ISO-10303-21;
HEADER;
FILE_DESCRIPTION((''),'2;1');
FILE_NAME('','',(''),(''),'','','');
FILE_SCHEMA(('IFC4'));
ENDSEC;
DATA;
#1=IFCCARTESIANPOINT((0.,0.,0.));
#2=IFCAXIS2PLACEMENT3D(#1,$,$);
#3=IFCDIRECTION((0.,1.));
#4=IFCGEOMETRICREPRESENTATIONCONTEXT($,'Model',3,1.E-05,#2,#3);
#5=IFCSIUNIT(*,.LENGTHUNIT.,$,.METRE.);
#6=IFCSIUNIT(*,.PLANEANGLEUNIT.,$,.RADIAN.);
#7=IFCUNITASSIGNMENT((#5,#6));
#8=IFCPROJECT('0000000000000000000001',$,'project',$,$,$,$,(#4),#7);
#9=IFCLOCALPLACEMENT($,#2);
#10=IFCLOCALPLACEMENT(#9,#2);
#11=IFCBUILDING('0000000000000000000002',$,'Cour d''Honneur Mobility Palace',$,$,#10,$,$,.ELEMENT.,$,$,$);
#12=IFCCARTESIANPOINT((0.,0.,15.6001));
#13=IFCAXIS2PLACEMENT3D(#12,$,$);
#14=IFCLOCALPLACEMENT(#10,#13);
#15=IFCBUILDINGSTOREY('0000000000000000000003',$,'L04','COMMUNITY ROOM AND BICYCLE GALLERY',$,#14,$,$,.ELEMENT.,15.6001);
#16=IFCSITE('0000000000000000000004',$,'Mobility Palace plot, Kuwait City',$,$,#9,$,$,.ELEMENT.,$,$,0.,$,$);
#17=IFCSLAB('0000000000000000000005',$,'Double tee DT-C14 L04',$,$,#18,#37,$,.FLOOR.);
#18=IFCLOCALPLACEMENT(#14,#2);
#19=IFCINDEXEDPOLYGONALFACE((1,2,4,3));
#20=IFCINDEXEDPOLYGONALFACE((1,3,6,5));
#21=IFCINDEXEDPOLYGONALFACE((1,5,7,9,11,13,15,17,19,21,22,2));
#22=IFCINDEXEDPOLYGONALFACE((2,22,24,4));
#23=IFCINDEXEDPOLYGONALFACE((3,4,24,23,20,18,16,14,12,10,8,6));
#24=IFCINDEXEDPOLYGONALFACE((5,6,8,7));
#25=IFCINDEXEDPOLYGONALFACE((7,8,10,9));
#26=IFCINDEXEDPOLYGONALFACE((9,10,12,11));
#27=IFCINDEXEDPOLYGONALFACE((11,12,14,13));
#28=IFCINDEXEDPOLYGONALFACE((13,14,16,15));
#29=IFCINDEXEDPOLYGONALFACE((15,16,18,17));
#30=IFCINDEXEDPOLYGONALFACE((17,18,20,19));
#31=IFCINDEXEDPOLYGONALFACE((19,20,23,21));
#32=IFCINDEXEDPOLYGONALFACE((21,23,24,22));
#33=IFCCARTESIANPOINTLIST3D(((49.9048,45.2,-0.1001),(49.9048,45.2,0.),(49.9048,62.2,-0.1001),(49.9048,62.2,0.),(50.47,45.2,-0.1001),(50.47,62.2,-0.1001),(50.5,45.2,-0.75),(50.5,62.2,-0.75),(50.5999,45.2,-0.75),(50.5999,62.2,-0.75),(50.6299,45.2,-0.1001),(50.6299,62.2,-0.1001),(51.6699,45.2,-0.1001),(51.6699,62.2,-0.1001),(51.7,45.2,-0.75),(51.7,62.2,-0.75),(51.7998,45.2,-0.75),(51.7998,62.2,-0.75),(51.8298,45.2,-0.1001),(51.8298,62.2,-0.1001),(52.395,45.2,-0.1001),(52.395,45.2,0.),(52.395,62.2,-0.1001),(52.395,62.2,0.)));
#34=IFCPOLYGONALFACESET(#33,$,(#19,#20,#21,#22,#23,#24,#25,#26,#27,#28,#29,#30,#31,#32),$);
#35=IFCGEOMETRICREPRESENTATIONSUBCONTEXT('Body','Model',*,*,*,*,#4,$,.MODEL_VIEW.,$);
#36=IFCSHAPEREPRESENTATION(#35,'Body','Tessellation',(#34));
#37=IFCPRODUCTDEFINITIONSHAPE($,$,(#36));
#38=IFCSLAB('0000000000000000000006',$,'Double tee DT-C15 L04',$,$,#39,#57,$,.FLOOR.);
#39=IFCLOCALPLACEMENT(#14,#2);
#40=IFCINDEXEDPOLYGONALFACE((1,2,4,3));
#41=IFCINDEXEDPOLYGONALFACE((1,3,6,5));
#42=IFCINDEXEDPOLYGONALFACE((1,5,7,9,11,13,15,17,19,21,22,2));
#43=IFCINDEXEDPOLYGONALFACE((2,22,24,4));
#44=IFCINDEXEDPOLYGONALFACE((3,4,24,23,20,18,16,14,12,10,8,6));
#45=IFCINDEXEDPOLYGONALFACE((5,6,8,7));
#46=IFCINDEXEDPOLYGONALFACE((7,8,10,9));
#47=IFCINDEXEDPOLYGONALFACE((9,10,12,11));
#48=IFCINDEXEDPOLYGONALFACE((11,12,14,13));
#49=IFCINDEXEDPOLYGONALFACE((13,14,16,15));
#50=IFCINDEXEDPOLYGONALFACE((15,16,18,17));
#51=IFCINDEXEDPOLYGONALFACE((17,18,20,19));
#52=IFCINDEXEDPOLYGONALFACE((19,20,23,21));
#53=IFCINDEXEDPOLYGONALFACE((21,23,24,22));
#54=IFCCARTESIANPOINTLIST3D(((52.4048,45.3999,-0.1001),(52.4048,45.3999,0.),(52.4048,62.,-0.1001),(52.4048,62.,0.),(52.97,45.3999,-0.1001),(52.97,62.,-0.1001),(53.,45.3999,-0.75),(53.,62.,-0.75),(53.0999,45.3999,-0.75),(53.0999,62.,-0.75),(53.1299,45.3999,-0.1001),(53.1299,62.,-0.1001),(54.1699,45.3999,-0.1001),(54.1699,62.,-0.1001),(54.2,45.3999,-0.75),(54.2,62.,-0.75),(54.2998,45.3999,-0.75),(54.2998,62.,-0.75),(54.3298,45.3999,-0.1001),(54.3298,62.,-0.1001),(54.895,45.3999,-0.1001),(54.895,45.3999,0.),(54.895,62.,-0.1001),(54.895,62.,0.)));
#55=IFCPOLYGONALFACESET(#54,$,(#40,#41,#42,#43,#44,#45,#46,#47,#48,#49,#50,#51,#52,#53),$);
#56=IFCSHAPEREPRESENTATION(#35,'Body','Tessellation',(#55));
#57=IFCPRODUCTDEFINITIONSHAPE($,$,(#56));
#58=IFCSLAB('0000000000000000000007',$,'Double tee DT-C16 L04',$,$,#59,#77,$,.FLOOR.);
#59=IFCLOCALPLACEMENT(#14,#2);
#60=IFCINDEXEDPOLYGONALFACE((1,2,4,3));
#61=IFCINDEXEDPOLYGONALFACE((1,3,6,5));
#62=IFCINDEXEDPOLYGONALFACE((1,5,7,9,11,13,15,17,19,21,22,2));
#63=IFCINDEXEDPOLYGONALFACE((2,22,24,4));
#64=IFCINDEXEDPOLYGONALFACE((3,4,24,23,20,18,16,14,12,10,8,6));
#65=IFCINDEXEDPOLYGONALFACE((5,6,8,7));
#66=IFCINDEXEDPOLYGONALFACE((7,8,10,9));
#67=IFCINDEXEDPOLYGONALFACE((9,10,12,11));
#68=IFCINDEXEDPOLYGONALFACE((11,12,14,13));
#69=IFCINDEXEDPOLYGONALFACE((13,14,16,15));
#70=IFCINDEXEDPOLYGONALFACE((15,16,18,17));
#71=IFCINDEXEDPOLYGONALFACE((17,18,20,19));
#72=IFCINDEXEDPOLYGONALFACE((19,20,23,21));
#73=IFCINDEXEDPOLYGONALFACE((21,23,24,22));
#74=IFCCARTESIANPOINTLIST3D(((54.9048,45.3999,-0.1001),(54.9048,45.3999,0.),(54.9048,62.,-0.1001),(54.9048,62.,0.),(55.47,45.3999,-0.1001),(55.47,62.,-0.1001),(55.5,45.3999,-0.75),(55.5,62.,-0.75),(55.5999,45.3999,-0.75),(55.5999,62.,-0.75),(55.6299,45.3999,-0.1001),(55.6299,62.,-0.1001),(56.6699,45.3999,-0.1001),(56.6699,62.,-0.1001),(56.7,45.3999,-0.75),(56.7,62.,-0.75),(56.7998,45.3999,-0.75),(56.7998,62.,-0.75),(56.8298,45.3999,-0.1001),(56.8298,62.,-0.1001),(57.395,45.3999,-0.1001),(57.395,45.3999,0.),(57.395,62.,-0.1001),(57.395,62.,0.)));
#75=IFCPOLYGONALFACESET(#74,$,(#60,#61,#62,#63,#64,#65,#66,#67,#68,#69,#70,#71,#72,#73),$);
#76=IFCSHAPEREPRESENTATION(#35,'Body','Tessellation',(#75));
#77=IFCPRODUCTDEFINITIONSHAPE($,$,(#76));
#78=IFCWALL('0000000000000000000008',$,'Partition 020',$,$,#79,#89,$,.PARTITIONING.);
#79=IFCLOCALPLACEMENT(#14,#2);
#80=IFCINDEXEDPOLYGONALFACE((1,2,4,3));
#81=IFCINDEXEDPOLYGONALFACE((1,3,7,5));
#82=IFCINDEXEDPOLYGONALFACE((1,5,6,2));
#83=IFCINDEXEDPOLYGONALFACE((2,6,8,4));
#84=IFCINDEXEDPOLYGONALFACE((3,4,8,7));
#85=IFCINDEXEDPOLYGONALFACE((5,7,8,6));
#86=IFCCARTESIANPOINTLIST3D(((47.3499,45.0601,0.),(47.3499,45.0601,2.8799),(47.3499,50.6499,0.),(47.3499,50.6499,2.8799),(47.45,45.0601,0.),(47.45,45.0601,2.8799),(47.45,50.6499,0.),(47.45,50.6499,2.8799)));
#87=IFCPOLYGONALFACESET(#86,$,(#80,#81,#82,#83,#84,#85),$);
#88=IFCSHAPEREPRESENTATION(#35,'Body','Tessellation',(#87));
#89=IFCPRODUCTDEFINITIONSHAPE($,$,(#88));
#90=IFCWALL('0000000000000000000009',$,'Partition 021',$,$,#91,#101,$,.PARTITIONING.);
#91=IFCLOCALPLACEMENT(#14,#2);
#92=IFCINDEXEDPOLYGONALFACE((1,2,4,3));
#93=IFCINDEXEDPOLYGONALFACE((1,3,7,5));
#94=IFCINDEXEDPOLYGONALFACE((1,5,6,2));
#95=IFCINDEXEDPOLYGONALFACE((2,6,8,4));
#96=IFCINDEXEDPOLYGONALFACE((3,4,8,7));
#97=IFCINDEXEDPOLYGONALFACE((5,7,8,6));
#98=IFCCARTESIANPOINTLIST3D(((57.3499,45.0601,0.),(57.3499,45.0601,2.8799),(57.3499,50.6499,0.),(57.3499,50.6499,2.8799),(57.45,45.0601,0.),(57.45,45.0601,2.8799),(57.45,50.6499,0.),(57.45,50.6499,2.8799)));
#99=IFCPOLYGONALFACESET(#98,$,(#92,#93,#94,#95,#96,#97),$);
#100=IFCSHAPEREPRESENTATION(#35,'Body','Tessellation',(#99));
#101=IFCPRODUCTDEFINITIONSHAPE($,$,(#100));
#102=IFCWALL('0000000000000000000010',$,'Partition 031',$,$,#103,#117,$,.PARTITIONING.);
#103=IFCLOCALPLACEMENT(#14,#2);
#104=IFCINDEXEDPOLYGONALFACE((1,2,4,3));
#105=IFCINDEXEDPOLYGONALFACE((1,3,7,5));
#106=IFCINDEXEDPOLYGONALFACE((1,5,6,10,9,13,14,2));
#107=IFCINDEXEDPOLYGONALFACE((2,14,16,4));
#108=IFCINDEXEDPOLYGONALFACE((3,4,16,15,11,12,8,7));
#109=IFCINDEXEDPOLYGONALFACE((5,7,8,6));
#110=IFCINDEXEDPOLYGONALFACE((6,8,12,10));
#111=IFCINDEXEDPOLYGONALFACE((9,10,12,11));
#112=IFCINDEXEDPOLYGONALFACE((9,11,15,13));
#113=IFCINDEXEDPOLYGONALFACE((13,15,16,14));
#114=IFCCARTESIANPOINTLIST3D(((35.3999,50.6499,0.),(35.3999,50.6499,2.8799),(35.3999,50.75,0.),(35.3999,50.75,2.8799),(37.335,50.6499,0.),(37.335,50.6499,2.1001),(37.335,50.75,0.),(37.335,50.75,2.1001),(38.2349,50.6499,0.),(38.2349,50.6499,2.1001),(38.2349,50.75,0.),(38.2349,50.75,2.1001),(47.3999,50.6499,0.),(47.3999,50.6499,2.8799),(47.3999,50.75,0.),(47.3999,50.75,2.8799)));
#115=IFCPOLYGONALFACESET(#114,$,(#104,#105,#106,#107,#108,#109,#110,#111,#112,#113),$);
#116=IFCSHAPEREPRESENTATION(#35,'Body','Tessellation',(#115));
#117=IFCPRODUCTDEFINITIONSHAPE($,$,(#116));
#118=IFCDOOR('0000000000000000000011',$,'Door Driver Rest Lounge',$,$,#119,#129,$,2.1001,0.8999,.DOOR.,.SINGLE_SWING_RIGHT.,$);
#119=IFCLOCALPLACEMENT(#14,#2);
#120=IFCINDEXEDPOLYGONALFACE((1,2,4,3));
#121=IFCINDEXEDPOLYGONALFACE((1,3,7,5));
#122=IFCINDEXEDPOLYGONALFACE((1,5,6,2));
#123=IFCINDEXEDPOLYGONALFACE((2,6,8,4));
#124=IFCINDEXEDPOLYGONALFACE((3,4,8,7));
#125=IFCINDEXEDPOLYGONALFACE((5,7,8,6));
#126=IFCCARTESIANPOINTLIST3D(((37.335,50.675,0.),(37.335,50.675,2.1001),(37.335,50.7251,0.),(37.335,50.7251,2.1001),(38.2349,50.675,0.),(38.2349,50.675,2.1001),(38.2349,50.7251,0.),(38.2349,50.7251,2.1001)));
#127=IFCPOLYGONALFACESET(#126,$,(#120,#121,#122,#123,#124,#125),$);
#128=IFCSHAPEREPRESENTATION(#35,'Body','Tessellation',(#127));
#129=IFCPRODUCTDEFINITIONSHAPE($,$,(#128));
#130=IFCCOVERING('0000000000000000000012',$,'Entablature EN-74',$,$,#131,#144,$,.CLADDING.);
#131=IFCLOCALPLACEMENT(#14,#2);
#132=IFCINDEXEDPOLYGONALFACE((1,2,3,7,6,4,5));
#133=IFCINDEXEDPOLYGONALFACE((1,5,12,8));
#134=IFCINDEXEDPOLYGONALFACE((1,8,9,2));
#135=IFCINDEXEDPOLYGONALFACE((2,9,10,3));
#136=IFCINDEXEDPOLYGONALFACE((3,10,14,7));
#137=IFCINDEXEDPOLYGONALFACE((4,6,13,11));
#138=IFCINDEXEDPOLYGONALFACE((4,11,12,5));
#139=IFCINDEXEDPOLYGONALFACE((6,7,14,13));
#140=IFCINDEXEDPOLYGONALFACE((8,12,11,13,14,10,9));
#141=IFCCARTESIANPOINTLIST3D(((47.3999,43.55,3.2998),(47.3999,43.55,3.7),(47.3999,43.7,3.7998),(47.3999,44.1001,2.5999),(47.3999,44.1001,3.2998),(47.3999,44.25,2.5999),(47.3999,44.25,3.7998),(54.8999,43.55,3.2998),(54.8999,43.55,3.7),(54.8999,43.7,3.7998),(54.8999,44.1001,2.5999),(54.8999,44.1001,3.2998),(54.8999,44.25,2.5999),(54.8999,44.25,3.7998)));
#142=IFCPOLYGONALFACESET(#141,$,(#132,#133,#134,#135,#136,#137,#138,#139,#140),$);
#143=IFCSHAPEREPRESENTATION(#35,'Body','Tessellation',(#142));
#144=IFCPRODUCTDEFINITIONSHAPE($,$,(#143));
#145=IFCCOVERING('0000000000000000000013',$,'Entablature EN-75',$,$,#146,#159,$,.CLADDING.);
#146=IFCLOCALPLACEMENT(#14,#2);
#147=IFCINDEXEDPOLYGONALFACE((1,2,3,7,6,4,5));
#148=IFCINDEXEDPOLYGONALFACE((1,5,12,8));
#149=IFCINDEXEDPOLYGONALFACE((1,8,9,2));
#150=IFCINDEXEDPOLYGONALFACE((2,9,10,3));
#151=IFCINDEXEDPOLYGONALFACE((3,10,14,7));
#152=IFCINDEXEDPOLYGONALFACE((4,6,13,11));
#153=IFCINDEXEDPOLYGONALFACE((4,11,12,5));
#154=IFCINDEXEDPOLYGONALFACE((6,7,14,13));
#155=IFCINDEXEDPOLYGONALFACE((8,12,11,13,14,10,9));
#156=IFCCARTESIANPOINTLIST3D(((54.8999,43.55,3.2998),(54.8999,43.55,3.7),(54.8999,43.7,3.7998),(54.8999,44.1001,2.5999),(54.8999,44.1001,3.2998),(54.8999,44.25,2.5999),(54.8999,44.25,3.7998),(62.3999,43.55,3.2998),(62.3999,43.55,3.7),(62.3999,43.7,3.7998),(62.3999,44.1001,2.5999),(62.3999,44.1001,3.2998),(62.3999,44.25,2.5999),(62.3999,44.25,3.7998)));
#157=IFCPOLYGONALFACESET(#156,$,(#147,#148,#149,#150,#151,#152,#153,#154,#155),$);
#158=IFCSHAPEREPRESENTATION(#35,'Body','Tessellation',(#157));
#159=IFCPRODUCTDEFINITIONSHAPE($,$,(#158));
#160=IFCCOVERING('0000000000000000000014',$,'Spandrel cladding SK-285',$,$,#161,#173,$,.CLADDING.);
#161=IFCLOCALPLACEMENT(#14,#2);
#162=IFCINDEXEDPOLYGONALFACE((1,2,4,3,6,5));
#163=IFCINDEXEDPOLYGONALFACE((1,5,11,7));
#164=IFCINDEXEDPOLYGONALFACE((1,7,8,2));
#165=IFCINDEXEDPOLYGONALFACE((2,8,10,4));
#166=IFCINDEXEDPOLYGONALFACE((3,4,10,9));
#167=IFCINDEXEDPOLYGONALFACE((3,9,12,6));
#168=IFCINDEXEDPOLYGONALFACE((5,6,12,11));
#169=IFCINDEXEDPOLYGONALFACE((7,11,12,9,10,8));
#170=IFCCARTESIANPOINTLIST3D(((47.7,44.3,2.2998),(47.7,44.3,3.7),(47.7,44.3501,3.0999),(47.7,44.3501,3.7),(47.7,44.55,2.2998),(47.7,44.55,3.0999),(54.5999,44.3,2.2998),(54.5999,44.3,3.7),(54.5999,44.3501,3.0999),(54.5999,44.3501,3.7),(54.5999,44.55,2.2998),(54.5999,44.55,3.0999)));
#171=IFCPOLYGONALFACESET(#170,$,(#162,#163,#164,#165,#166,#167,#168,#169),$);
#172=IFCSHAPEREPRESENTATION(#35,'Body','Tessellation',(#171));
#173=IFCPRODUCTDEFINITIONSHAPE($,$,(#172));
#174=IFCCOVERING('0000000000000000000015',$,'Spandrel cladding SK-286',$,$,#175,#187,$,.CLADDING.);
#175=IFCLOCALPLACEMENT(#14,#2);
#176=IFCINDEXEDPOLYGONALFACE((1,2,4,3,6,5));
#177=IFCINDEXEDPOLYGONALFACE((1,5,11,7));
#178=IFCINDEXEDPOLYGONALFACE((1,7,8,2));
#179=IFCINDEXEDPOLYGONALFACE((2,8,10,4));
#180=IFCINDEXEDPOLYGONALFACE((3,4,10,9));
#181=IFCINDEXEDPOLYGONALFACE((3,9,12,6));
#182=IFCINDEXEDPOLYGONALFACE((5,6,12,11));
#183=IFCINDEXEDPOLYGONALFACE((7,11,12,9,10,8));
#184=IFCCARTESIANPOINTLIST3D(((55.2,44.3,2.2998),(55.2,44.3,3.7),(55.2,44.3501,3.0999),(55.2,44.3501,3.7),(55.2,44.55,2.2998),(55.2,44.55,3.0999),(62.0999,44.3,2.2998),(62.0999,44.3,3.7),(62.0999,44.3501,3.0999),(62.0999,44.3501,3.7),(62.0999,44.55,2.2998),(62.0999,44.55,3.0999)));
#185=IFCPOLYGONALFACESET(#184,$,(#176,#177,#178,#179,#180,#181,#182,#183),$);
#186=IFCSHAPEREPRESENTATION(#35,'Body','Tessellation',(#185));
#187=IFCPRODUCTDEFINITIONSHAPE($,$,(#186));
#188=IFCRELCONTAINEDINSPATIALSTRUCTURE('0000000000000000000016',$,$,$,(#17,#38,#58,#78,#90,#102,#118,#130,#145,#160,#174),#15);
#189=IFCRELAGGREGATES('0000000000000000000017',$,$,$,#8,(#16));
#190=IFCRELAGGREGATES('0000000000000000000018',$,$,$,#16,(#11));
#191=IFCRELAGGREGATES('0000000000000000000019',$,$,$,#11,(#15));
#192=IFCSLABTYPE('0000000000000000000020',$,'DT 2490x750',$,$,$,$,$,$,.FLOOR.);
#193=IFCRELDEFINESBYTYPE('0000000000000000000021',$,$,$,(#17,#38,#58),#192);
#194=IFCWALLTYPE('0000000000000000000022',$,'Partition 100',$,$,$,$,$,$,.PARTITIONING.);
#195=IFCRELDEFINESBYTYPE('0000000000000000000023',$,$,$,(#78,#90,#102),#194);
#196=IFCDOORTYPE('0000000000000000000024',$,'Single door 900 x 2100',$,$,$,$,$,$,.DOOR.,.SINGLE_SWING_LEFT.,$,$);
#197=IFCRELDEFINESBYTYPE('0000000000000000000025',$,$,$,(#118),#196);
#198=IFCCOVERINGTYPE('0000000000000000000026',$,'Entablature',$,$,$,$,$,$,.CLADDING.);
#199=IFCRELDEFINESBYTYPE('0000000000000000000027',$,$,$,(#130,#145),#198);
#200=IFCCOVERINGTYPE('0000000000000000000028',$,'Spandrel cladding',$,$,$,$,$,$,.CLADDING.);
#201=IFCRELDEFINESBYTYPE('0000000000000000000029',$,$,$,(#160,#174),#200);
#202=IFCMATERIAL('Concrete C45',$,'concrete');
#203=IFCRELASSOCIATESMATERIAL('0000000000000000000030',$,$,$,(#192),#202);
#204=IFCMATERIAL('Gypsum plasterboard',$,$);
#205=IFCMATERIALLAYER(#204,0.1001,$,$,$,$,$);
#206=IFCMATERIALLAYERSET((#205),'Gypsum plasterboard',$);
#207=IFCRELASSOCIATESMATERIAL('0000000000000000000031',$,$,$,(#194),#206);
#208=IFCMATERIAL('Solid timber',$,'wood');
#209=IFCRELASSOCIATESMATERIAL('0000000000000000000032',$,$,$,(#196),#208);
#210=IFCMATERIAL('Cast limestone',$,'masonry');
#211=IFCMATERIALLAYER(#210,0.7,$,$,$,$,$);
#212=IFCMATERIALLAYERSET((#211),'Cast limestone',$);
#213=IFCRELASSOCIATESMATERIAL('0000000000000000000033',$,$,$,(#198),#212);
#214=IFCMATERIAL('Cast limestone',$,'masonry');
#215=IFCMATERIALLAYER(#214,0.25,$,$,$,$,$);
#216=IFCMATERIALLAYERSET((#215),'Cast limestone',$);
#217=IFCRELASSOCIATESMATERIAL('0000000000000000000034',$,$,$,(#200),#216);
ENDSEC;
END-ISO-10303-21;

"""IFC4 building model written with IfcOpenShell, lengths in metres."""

from ifc_helpers import new_model, si_unit, direction, frame, frame_2d, origin, place, context, subcontext, project, spatial, polyline, rectangle, outline, extrude, material, layer, layer_set, material_profile, profile_set, type_object, element, fill, save


model = new_model("IFC4")

# Units and contexts
model_context = context("Model", 3, precision=1e-05, world=origin(), true_north=direction((0.0, 1.0)))
body_context = subcontext(model_context, "Body", "Model", "MODEL_VIEW")
ifc_project = project(units=[si_unit("LENGTHUNIT", "METRE"), si_unit("PLANEANGLEUNIT", "RADIAN")], contexts=[model_context])

# Site, building, storey
site_placement = place(None, origin())
site = spatial("IfcSite", under=ifc_project, at=site_placement, Name="Mobility Palace plot, Kuwait City", CompositionType="ELEMENT", RefElevation=0.0)
building_placement = place(site_placement, origin())
building = spatial("IfcBuilding", under=site, at=building_placement, Name="Cour d'Honneur Mobility Palace", CompositionType="ELEMENT")
storey_placement = place(building_placement, frame((0.0, 0.0, 15.6001)))
storey = spatial("IfcBuildingStorey", under=building, at=storey_placement, Name="L04", Description="COMMUNITY ROOM AND BICYCLE GALLERY", CompositionType="ELEMENT", Elevation=15.6001)

# Slabs
ifc_material_1 = material(Name="Concrete C45", Category="concrete")
ifc_material_profile_1 = material_profile(ifc_material_1, outline(polyline([(-1.2451, 0.0), (1.2451, 0.0), (1.2451, -0.1001), (0.6799, -0.1001), (0.6499, -0.75), (0.55, -0.75), (0.52, -0.1001), (-0.52, -0.1001), (-0.55, -0.75), (-0.6499, -0.75), (-0.6799, -0.1001), (-1.2451, -0.1001), (-1.2451, 0.0)])), Name="DT 2490x750")
ifc_profile_set_1 = profile_set([ifc_material_profile_1], Name="Concrete C45")
slab_type = type_object("IfcSlabType", Name="DT 2490x750", PredefinedType="FLOOR", material=ifc_profile_set_1)
slab_1_placement = place(storey_placement, frame((51.1499, 45.2, 0.0), z_axis=(0.0, 1.0, 0.0), x_axis=(-1.0, 0.0, 0.0)))
element("IfcSlab", 1, at=slab_1_placement, inside=storey, type_object=slab_type, Name="Double tee DT-C14 L04", PredefinedType="FLOOR", context=body_context, shape_type="SweptSolid", body=[
    extrude(outline(polyline([(-1.2451, 0.0), (1.2451, 0.0), (1.2451, -0.1001), (0.6799, -0.1001), (0.6499, -0.75), (0.55, -0.75), (0.52, -0.1001), (-0.52, -0.1001), (-0.55, -0.75), (-0.6499, -0.75), (-0.6799, -0.1001), (-1.2451, -0.1001), (-1.2451, 0.0)])), origin(), (0.0, 0.0, 1.0), 17.0),
])
for number, where, z_axis, x_axis, name in (
    (2, (53.6499, 45.3999, 0.0), (0.0, 1.0, 0.0), (-1.0, 0.0, 0.0), "Double tee DT-C15 L04"),
    (3, (56.1499, 45.3999, 0.0), (0.0, 1.0, 0.0), (-1.0, 0.0, 0.0), "Double tee DT-C16 L04"),
):
    element("IfcSlab", number, at=place(storey_placement, frame(where, z_axis=z_axis, x_axis=x_axis)), inside=storey, type_object=slab_type, Name=name, PredefinedType="FLOOR", context=body_context, shape_type="SweptSolid", body=[
        extrude(outline(polyline([(-1.2451, 0.0), (1.2451, 0.0), (1.2451, -0.1001), (0.6799, -0.1001), (0.6499, -0.75), (0.55, -0.75), (0.52, -0.1001), (-0.52, -0.1001), (-0.55, -0.75), (-0.6499, -0.75), (-0.6799, -0.1001), (-1.2451, -0.1001), (-1.2451, 0.0)])), origin(), (0.0, 0.0, 1.0), 16.6001),
    ])

# Walls
ifc_material_2 = material(Name="Gypsum plasterboard")
ifc_layer_1 = layer(ifc_material_2, 0.1001)
ifc_layer_set_1 = layer_set([ifc_layer_1], Name="Gypsum plasterboard")
wall_type = type_object("IfcWallType", Name="Partition 100", PredefinedType="PARTITIONING", material=ifc_layer_set_1)
for number, where, z_axis, x_axis, name in (
    (4, (47.3999, 45.0601, 0.0), (0.0, 0.0, 1.0), (0.0, 1.0, 0.0), "Partition 020"),
    (5, (57.3999, 45.0601, 0.0), (0.0, 0.0, 1.0), (0.0, 1.0, 0.0), "Partition 021"),
):
    element("IfcWall", number, at=place(storey_placement, frame(where, z_axis=z_axis, x_axis=x_axis)), inside=storey, type_object=wall_type, Name=name, PredefinedType="PARTITIONING", context=body_context, shape_type="SweptSolid", body=[
        extrude(rectangle(XDim=5.5898, YDim=0.1001, at=frame_2d((2.7949, 0.0))), origin(), (0.0, 0.0, 1.0), 2.8799),
    ])

# Wall, opening, door
wall_placement = place(storey_placement, frame((47.3999, 50.7, 0.0), z_axis=(0.0, 0.0, 1.0), x_axis=(-1.0, 0.0, 0.0)))
wall = element("IfcWall", 6, at=wall_placement, inside=storey, type_object=wall_type, Name="Partition 031", PredefinedType="PARTITIONING", context=body_context, shape_type="SweptSolid", body=[
    extrude(rectangle(XDim=12.0, YDim=0.1001, at=frame_2d((6.0, 0.0))), origin(), (0.0, 0.0, 1.0), 2.8799),
])
opening_placement = place(wall_placement, frame((9.165, 0.0, 0.0)))
opening = element("IfcOpeningElement", 7, at=opening_placement, cuts=wall, PredefinedType="OPENING", context=body_context, shape_type="SweptSolid", body=[
    extrude(rectangle(XDim=0.8999, YDim=2.1001, at=frame_2d((0.45, 1.05))), frame((0.0, 0.0601, 0.0), z_axis=(0.0, -1.0, 0.0), x_axis=(1.0, 0.0, 0.0)), (0.0, 0.0, 1.0), 0.1201),
])
ifc_material_3 = material(Name="Solid timber", Category="wood")
door_type = type_object("IfcDoorType", Name="Single door 900 x 2100", OperationType="SINGLE_SWING_LEFT", PredefinedType="DOOR", material=ifc_material_3)
door_placement = place(opening_placement, origin())
door = element("IfcDoor", 8, at=door_placement, inside=storey, type_object=door_type, Name="Door Driver Rest Lounge", OperationType="SINGLE_SWING_RIGHT", OverallHeight=2.1001, OverallWidth=0.8999, PredefinedType="DOOR", context=body_context, shape_type="SweptSolid", body=[
    extrude(rectangle(XDim=0.8999, YDim=2.1001, at=frame_2d((0.45, 1.05))), frame((0.0, 0.0249, 0.0), z_axis=(0.0, -1.0, 0.0), x_axis=(1.0, 0.0, 0.0)), (0.0, 0.0, 1.0), 0.05),
])
fill(opening, door)

# Coverings
ifc_material_4 = material(Name="Cast limestone", Category="masonry")
ifc_layer_2 = layer(ifc_material_4, 0.7)
ifc_layer_set_2 = layer_set([ifc_layer_2], Name="Cast limestone")
covering_type_1 = type_object("IfcCoveringType", Name="Entablature", PredefinedType="CLADDING", material=ifc_layer_set_2)
for number, where, z_axis, x_axis, name in (
    (9, (47.3999, 44.25, 2.5999), (-1.0, 0.0, 0.0), (0.0, -1.0, 0.0), "Entablature EN-74"),
    (10, (54.8999, 44.25, 2.5999), (-1.0, 0.0, 0.0), (0.0, -1.0, 0.0), "Entablature EN-75"),
):
    element("IfcCovering", number, at=place(storey_placement, frame(where, z_axis=z_axis, x_axis=x_axis)), inside=storey, type_object=covering_type_1, Name=name, PredefinedType="CLADDING", context=body_context, shape_type="SweptSolid", body=[
        extrude(outline(polyline([(0.0, 0.0), (0.1499, 0.0), (0.1499, 0.7), (0.7, 0.7), (0.7, 1.1001), (0.55, 1.2), (0.0, 1.2), (0.0, 0.0)])), origin(), (0.0, 0.0, -1.0), 7.5),
    ])
ifc_material_5 = material(Name="Cast limestone", Category="masonry")
ifc_layer_3 = layer(ifc_material_5, 0.25)
ifc_layer_set_3 = layer_set([ifc_layer_3], Name="Cast limestone")
covering_type_2 = type_object("IfcCoveringType", Name="Spandrel cladding", PredefinedType="CLADDING", material=ifc_layer_set_3)
for number, where, z_axis, x_axis, name in (
    (11, (47.7, 44.55, 2.2998), (-1.0, 0.0, 0.0), (0.0, -1.0, 0.0), "Spandrel cladding SK-285"),
    (12, (55.2, 44.55, 2.2998), (-1.0, 0.0, 0.0), (0.0, -1.0, 0.0), "Spandrel cladding SK-286"),
):
    element("IfcCovering", number, at=place(storey_placement, frame(where, z_axis=z_axis, x_axis=x_axis)), inside=storey, type_object=covering_type_2, Name=name, PredefinedType="CLADDING", context=body_context, shape_type="SweptSolid", body=[
        extrude(outline(polyline([(0.0, 0.0), (0.25, 0.0), (0.25, 1.4001), (0.2, 1.4001), (0.2, 0.8), (0.0, 0.8), (0.0, 0.0)])), origin(), (0.0, 0.0, -1.0), 6.8999),
    ])

save(model, "model.ifc")
